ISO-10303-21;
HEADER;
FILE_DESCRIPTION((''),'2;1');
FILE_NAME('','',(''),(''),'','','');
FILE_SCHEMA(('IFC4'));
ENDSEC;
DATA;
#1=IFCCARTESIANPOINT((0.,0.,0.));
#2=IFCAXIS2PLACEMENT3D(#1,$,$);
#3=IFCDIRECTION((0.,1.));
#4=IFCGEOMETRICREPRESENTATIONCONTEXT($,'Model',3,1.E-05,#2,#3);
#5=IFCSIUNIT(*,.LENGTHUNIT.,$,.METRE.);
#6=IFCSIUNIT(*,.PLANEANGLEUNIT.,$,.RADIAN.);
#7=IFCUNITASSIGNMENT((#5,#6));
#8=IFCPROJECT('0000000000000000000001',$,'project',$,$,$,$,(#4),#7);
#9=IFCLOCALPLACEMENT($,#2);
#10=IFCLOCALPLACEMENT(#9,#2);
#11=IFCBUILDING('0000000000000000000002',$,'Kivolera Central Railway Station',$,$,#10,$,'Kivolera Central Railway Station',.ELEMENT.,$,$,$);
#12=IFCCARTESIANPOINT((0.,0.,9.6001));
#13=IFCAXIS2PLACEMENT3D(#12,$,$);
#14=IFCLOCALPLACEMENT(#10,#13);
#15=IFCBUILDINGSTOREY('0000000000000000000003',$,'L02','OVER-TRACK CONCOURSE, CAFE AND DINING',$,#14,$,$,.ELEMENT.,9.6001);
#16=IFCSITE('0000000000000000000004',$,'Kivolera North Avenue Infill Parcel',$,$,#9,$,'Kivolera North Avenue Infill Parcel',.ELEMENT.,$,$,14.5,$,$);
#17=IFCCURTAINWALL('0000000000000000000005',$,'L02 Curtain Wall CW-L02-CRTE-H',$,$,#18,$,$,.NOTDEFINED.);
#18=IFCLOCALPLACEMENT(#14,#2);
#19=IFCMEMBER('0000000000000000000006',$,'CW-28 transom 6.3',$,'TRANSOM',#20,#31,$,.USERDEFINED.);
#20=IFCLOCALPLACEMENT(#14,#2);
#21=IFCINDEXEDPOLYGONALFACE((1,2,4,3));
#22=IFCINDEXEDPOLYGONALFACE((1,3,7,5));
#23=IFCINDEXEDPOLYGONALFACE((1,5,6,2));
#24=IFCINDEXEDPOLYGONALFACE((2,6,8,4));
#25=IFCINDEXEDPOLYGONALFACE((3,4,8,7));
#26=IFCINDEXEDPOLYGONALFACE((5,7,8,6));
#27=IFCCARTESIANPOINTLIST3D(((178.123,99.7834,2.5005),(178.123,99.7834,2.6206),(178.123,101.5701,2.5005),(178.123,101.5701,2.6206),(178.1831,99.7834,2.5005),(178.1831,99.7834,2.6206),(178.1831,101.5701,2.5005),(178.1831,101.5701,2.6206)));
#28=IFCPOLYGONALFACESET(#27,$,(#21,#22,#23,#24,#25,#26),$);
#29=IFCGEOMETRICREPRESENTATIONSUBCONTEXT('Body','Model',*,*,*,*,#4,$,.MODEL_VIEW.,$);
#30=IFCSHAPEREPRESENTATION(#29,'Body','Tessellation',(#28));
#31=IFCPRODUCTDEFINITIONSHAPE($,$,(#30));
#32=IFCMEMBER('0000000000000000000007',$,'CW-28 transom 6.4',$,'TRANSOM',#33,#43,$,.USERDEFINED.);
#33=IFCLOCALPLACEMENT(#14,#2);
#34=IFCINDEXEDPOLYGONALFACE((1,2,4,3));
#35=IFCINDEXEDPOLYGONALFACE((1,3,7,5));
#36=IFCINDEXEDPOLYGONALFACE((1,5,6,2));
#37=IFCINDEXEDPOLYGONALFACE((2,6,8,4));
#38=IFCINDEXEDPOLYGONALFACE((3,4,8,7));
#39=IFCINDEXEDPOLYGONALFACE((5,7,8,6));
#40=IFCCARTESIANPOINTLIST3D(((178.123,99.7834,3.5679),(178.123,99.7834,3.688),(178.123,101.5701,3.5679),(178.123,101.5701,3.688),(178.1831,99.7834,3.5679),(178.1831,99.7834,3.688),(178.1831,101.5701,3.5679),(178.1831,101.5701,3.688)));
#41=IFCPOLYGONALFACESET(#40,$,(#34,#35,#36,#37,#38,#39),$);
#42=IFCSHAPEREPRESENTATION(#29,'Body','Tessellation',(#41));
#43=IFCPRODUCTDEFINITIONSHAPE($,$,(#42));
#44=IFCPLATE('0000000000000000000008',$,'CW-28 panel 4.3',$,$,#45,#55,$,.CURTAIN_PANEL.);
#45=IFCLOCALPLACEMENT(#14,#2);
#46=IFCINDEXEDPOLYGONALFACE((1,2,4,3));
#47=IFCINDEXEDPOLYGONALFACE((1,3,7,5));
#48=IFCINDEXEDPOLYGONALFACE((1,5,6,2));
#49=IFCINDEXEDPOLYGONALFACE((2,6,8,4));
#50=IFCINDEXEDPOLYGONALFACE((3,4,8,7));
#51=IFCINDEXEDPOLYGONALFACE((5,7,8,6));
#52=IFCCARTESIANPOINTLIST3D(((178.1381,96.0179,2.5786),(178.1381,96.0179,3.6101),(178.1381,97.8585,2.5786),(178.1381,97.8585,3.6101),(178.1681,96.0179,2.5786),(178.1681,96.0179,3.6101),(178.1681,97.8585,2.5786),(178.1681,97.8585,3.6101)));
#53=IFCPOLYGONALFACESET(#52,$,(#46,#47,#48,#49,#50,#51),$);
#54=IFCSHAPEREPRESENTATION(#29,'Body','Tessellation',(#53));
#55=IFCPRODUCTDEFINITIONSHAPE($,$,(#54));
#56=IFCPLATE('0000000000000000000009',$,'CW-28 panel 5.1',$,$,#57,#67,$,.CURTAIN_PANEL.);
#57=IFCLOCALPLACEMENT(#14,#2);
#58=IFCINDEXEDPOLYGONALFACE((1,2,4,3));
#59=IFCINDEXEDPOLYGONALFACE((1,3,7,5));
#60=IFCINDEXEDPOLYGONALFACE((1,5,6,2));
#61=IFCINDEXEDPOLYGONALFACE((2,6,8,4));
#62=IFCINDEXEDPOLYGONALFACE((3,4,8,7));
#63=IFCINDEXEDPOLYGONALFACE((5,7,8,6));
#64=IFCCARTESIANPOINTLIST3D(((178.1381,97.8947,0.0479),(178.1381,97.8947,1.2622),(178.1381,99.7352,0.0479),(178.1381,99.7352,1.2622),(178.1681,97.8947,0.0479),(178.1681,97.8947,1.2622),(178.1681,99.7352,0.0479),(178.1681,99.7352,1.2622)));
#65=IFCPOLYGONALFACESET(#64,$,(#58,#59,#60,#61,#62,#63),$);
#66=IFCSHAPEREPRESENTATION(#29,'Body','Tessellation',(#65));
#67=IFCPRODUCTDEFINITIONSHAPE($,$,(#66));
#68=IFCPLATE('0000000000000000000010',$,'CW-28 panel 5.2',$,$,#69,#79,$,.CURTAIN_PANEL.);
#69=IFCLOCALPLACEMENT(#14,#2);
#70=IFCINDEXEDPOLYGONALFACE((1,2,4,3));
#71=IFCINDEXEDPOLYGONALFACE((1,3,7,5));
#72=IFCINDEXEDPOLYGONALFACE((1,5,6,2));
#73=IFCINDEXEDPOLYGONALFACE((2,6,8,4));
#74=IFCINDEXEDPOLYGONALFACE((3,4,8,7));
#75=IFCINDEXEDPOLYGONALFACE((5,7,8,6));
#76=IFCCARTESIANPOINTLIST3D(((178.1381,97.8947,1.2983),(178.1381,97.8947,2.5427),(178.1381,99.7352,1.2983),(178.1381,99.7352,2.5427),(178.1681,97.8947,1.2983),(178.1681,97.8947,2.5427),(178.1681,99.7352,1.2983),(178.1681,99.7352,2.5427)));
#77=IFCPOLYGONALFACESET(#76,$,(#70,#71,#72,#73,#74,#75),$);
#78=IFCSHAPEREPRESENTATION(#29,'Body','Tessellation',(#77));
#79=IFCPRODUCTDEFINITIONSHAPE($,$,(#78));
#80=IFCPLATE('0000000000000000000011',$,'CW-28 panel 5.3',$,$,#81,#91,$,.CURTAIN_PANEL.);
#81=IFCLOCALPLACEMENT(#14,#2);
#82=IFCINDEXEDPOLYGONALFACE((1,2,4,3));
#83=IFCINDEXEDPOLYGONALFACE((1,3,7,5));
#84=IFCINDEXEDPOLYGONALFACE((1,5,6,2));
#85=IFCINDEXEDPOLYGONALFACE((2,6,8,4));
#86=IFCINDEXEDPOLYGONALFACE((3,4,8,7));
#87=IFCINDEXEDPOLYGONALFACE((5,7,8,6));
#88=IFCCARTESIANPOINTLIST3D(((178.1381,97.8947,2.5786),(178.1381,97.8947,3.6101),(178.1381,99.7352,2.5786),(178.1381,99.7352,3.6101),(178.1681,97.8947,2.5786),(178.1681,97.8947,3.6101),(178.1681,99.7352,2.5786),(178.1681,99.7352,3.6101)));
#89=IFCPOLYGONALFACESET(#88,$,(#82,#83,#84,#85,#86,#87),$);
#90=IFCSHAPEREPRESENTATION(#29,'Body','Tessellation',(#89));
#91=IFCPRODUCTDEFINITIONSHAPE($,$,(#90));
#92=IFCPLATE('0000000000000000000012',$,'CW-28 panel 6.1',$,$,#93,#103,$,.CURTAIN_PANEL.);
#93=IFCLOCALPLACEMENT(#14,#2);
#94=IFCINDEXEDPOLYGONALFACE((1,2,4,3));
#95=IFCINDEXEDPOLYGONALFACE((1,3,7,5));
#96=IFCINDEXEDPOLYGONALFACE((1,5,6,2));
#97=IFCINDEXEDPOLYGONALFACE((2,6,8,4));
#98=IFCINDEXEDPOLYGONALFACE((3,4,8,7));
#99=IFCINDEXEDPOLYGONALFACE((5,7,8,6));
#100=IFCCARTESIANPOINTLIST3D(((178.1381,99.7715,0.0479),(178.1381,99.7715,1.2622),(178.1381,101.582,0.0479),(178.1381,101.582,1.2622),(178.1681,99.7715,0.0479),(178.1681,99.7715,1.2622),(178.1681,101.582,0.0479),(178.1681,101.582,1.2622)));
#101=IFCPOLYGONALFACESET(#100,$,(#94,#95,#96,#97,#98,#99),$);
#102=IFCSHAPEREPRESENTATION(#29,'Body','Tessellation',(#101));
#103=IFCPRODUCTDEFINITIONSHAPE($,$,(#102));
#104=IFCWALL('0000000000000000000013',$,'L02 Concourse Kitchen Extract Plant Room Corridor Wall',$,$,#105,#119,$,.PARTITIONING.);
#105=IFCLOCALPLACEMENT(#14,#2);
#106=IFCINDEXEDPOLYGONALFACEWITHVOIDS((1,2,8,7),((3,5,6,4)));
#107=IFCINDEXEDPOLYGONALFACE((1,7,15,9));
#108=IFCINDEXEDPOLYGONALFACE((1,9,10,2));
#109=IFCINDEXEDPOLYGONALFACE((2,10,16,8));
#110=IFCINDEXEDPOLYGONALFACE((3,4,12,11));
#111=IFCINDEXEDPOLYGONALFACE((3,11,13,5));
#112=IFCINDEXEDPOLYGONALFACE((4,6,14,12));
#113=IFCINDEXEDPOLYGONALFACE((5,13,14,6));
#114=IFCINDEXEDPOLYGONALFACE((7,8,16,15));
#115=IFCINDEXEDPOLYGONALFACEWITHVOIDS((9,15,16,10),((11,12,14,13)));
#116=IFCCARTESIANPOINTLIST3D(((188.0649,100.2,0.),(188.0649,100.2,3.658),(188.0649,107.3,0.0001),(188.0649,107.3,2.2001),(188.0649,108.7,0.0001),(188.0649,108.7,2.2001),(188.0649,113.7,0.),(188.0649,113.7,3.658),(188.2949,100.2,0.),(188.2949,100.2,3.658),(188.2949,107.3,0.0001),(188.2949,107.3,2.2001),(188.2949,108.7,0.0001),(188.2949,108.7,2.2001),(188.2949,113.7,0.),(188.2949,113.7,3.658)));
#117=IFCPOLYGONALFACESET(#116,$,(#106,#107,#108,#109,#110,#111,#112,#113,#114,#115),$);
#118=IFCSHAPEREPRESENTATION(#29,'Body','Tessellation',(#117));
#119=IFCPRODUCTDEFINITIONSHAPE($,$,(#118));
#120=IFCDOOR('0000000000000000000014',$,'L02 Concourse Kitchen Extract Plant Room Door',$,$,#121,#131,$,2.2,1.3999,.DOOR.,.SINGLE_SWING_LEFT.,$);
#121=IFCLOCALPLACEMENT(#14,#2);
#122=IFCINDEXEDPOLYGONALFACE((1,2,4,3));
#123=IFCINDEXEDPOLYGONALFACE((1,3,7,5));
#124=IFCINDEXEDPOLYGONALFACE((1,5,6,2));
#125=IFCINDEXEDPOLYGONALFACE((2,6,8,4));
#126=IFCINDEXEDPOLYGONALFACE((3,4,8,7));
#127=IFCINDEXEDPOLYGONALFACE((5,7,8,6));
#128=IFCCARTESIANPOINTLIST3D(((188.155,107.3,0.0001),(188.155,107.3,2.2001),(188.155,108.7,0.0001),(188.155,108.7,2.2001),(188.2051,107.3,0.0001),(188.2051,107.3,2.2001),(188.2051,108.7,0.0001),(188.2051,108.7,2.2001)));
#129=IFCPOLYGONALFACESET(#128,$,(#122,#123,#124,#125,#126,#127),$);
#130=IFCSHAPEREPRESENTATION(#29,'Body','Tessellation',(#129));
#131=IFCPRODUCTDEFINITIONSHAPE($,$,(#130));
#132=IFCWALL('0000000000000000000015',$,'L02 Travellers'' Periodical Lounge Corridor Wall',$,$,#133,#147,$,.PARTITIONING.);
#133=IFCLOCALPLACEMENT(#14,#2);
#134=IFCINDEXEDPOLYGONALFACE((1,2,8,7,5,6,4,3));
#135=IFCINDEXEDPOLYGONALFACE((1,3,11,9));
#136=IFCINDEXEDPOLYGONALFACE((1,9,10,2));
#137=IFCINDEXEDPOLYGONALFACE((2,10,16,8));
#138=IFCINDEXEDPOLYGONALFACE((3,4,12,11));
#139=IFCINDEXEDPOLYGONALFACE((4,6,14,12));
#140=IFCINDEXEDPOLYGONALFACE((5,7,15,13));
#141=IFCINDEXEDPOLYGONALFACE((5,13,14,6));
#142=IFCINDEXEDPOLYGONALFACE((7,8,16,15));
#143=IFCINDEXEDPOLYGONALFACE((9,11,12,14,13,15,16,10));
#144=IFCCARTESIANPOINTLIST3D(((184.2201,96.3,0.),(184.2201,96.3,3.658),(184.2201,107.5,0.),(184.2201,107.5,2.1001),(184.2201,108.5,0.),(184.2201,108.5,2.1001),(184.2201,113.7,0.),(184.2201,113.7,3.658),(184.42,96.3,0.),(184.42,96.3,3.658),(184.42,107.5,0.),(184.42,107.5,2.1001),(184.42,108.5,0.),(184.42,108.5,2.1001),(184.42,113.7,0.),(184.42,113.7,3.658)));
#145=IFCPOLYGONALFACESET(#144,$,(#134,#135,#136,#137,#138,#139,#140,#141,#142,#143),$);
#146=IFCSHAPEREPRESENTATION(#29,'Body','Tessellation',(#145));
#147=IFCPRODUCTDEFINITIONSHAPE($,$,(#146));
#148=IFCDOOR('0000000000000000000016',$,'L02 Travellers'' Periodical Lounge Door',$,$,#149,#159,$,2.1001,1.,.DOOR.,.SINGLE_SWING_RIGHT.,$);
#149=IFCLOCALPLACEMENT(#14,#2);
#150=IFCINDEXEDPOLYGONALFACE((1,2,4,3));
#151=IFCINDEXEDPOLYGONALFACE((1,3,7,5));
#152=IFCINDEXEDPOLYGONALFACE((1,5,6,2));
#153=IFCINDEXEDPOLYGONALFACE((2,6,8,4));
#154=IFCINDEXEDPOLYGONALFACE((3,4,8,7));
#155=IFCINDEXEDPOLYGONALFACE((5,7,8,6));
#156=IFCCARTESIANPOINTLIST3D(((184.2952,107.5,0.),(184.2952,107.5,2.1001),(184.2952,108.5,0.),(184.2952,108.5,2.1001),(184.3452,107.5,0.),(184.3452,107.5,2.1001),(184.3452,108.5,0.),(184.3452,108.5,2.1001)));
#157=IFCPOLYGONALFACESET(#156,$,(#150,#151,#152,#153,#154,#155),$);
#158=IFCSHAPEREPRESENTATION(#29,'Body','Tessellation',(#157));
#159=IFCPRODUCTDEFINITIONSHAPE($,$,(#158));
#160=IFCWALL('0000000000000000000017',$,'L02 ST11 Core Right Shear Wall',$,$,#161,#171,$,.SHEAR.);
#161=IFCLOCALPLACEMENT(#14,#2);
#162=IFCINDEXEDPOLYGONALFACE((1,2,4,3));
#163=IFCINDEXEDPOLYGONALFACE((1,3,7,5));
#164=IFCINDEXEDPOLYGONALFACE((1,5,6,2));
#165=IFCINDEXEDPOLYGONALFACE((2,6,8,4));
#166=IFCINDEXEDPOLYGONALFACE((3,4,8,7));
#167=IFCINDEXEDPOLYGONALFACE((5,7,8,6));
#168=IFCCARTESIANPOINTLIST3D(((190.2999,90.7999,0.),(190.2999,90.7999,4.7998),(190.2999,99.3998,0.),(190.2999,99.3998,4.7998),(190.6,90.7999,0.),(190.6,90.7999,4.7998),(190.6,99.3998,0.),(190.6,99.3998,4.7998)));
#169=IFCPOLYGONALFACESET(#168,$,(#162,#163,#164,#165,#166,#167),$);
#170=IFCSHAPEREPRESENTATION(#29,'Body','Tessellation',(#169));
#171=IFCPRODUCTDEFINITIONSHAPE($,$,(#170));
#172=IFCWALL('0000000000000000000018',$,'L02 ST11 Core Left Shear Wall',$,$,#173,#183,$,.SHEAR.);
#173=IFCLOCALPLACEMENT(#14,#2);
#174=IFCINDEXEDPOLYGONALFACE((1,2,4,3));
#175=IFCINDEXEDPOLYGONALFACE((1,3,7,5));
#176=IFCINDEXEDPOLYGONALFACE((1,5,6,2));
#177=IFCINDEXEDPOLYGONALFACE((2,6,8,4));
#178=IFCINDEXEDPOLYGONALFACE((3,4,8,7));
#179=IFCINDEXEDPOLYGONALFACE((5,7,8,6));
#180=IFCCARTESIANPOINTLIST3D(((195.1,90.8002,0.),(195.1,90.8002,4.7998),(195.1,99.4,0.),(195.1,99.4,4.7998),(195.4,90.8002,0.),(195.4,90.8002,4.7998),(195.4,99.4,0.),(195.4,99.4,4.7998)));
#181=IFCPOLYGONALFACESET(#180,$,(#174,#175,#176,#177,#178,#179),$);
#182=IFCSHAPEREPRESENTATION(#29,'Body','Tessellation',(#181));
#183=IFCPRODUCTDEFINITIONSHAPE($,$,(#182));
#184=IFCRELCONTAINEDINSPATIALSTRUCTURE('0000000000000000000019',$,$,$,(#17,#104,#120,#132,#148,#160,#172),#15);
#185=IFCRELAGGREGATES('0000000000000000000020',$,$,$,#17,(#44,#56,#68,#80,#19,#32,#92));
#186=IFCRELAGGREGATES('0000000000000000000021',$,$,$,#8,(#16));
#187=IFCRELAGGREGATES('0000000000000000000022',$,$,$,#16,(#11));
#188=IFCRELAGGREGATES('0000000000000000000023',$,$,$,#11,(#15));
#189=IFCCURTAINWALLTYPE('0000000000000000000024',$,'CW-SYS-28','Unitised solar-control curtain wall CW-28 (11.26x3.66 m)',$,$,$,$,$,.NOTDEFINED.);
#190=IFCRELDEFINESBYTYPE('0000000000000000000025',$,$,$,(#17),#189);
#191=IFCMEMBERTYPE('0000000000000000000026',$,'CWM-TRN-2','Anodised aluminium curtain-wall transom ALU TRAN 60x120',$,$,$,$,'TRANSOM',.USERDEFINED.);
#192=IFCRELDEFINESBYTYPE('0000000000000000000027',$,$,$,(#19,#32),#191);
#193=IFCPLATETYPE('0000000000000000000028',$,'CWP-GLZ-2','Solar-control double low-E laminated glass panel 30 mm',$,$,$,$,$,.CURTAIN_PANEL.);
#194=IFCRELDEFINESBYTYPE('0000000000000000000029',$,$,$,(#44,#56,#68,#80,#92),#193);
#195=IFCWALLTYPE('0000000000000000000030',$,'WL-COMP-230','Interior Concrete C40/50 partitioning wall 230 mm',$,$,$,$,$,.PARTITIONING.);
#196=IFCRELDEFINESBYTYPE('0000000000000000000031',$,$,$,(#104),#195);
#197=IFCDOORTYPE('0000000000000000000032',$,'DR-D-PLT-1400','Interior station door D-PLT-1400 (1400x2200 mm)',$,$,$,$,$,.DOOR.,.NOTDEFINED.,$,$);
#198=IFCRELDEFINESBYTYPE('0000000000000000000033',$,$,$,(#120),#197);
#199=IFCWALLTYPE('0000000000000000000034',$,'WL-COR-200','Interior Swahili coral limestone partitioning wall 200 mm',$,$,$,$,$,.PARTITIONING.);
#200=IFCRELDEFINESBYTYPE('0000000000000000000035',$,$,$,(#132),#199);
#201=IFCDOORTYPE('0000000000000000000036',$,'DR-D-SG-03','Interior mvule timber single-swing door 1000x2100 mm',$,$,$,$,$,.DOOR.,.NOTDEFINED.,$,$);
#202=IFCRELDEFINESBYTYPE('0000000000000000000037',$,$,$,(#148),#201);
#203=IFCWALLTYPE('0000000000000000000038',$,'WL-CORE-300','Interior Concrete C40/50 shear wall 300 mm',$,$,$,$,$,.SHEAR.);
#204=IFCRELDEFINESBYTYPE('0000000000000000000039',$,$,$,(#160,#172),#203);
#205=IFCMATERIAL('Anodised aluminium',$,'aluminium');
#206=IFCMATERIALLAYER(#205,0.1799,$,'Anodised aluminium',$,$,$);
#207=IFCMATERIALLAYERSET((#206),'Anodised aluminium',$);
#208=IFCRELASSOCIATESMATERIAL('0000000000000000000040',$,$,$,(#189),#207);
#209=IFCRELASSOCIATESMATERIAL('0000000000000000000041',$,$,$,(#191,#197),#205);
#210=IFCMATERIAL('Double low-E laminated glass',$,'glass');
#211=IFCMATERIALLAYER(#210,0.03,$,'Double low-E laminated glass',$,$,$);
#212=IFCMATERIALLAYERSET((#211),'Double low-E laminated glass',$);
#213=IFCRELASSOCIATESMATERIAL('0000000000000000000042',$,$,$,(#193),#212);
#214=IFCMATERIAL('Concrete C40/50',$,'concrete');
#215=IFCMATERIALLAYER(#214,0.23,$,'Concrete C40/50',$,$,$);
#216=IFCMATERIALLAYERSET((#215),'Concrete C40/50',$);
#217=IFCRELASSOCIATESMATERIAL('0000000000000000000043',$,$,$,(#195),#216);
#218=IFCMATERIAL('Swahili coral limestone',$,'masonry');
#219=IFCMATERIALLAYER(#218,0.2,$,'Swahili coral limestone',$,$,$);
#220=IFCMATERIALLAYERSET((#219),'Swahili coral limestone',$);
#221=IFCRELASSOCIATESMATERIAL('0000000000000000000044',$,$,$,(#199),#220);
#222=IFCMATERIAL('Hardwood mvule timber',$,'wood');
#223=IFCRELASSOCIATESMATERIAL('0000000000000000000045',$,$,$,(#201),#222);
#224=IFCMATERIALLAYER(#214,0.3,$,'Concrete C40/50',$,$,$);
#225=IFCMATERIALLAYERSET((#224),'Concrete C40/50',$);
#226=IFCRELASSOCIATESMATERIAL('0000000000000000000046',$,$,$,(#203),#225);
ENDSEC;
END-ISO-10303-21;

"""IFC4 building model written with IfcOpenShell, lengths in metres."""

from ifc_helpers import new_model, si_unit, direction, frame, frame_2d, origin, origin_2d, place, context, subcontext, project, spatial, rectangle, extrude, material, layer, layer_set, material_profile, profile_set, type_object, element, fill, aggregate, save


model = new_model("IFC4")

# Units and contexts
model_context = context("Model", 3, precision=1e-05, world=origin(), true_north=direction((0.0, 1.0)))
body_context = subcontext(model_context, "Body", "Model", "MODEL_VIEW")
ifc_project = project(units=[si_unit("LENGTHUNIT", "METRE"), si_unit("PLANEANGLEUNIT", "RADIAN")], contexts=[model_context])

# Site, building, storey
site_placement = place(None, origin())
site = spatial("IfcSite", under=ifc_project, at=site_placement, Name="Kivolera North Avenue Infill Parcel", LongName="Kivolera North Avenue Infill Parcel", CompositionType="ELEMENT", RefElevation=14.5)
building_placement = place(site_placement, origin())
building = spatial("IfcBuilding", under=site, at=building_placement, Name="Kivolera Central Railway Station", LongName="Kivolera Central Railway Station", CompositionType="ELEMENT")
storey_placement = place(building_placement, frame((0.0, 0.0, 9.6001)))
storey = spatial("IfcBuildingStorey", under=building, at=storey_placement, Name="L02", Description="OVER-TRACK CONCOURSE, CAFE AND DINING", CompositionType="ELEMENT", Elevation=9.6001)

# Shared definitions
ifc_material_1 = material(Name="Concrete C40/50", Category="concrete")

# Curtain wall, members, plates
ifc_material_2 = material(Name="Anodised aluminium", Category="aluminium")
ifc_layer_1 = layer(ifc_material_2, 0.1799, Name="Anodised aluminium")
ifc_layer_set_1 = layer_set([ifc_layer_1], Name="Anodised aluminium")
curtain_wall_type = type_object("IfcCurtainWallType", Name="CW-SYS-28", Description="Unitised solar-control curtain wall CW-28 (11.26x3.66 m)", PredefinedType="NOTDEFINED", material=ifc_layer_set_1)
curtain_wall_placement = place(storey_placement, origin())
curtain_wall = element("IfcCurtainWall", 1, at=curtain_wall_placement, inside=storey, type_object=curtain_wall_type, Name="L02 Curtain Wall CW-L02-CRTE-H", PredefinedType="NOTDEFINED")
ifc_material_profile_1 = material_profile(ifc_material_2, rectangle(XDim=0.0601, YDim=0.1201, at=origin_2d()), Name="ALU TRAN 60x120")
ifc_profile_set_1 = profile_set([ifc_material_profile_1], Name="Anodised aluminium")
member_type_1 = type_object("IfcMemberType", Name="CWM-TRN-2", Description="Anodised aluminium curtain-wall transom ALU TRAN 60x120", ElementType="TRANSOM", PredefinedType="USERDEFINED", material=ifc_profile_set_1)
member_1_placement = place(storey_placement, frame((178.1531, 99.7834, 2.5605), z_axis=(0.0, 1.0, 0.0), x_axis=(-1.0, 0.0, 0.0)))
member_1 = element("IfcMember", 2, at=member_1_placement, type_object=member_type_1, Name="CW-28 transom 6.3", ObjectType="TRANSOM", PredefinedType="USERDEFINED", context=body_context, shape_type="SweptSolid", body=[
    extrude(rectangle(XDim=0.0601, YDim=0.1201, at=origin_2d()), origin(), (0.0, 0.0, 1.0), 1.7866),
])
member_2_placement = place(storey_placement, frame((178.1531, 99.7834, 3.6279), z_axis=(0.0, 1.0, 0.0), x_axis=(-1.0, 0.0, 0.0)))
member_2 = element("IfcMember", 3, at=member_2_placement, type_object=member_type_1, Name="CW-28 transom 6.4", ObjectType="TRANSOM", PredefinedType="USERDEFINED", context=body_context, shape_type="SweptSolid", body=[
    extrude(rectangle(XDim=0.0601, YDim=0.1201, at=origin_2d()), origin(), (0.0, 0.0, 1.0), 1.7866),
])
ifc_material_3 = material(Name="Double low-E laminated glass", Category="glass")
ifc_layer_2 = layer(ifc_material_3, 0.03, Name="Double low-E laminated glass")
ifc_layer_set_2 = layer_set([ifc_layer_2], Name="Double low-E laminated glass")
plate_type = type_object("IfcPlateType", Name="CWP-GLZ-2", Description="Solar-control double low-E laminated glass panel 30 mm", PredefinedType="CURTAIN_PANEL", material=ifc_layer_set_2)
plate_1_placement = place(storey_placement, frame((178.1531, 96.9382, 2.5786), z_axis=(0.0, 0.0, 1.0), x_axis=(0.0, 1.0, 0.0)))
plate_1 = element("IfcPlate", 4, at=plate_1_placement, type_object=plate_type, Name="CW-28 panel 4.3", PredefinedType="CURTAIN_PANEL", context=body_context, shape_type="SweptSolid", body=[
    extrude(rectangle(XDim=1.8406, YDim=0.03, at=origin_2d()), origin(), (0.0, 0.0, 1.0), 1.0315),
])
plate_2_placement = place(storey_placement, frame((178.1531, 98.8149, 0.0479), z_axis=(0.0, 0.0, 1.0), x_axis=(0.0, 1.0, 0.0)))
plate_2 = element("IfcPlate", 5, at=plate_2_placement, type_object=plate_type, Name="CW-28 panel 5.1", PredefinedType="CURTAIN_PANEL", context=body_context, shape_type="SweptSolid", body=[
    extrude(rectangle(XDim=1.8406, YDim=0.03, at=origin_2d()), origin(), (0.0, 0.0, 1.0), 1.2144),
])
plate_3_placement = place(storey_placement, frame((178.1531, 98.8149, 1.2983), z_axis=(0.0, 0.0, 1.0), x_axis=(0.0, 1.0, 0.0)))
plate_3 = element("IfcPlate", 6, at=plate_3_placement, type_object=plate_type, Name="CW-28 panel 5.2", PredefinedType="CURTAIN_PANEL", context=body_context, shape_type="SweptSolid", body=[
    extrude(rectangle(XDim=1.8406, YDim=0.03, at=origin_2d()), origin(), (0.0, 0.0, 1.0), 1.2444),
])
plate_4_placement = place(storey_placement, frame((178.1531, 98.8149, 2.5786), z_axis=(0.0, 0.0, 1.0), x_axis=(0.0, 1.0, 0.0)))
plate_4 = element("IfcPlate", 7, at=plate_4_placement, type_object=plate_type, Name="CW-28 panel 5.3", PredefinedType="CURTAIN_PANEL", context=body_context, shape_type="SweptSolid", body=[
    extrude(rectangle(XDim=1.8406, YDim=0.03, at=origin_2d()), origin(), (0.0, 0.0, 1.0), 1.0315),
])
plate_5_placement = place(storey_placement, frame((178.1531, 100.6768, 0.0479), z_axis=(0.0, 0.0, 1.0), x_axis=(0.0, 1.0, 0.0)))
plate_5 = element("IfcPlate", 8, at=plate_5_placement, type_object=plate_type, Name="CW-28 panel 6.1", PredefinedType="CURTAIN_PANEL", context=body_context, shape_type="SweptSolid", body=[
    extrude(rectangle(XDim=1.8105, YDim=0.03, at=origin_2d()), origin(), (0.0, 0.0, 1.0), 1.2144),
])
aggregate(curtain_wall, [plate_1, plate_2, plate_3, plate_4, member_1, member_2, plate_5])

# Walls, openings, doors
ifc_layer_3 = layer(ifc_material_1, 0.23, Name="Concrete C40/50")
ifc_layer_set_3 = layer_set([ifc_layer_3], Name="Concrete C40/50")
wall_type_1 = type_object("IfcWallType", Name="WL-COMP-230", Description="Interior Concrete C40/50 partitioning wall 230 mm", PredefinedType="PARTITIONING", material=ifc_layer_set_3)
wall_1_placement = place(storey_placement, frame((188.1799, 100.2, 0.0), z_axis=(0.0, 0.0, 1.0), x_axis=(0.0, 1.0, 0.0)))
wall_1 = element("IfcWall", 9, at=wall_1_placement, inside=storey, type_object=wall_type_1, Name="L02 Concourse Kitchen Extract Plant Room Corridor Wall", PredefinedType="PARTITIONING", context=body_context, shape_type="SweptSolid", body=[
    extrude(rectangle(XDim=13.5, YDim=0.23, at=frame_2d((6.75, 0.0))), origin(), (0.0, 0.0, 1.0), 3.658),
])
opening_1_placement = place(wall_1_placement, frame((7.1001, 0.0, 0.0)))
opening_1 = element("IfcOpeningElement", 10, at=opening_1_placement, cuts=wall_1, PredefinedType="OPENING", context=body_context, shape_type="SweptSolid", body=[
    extrude(rectangle(XDim=1.3999, YDim=2.2, at=frame_2d((0.7, 1.1001))), frame((0.0, 0.125, 0.0), z_axis=(0.0, -1.0, 0.0), x_axis=(1.0, 0.0, 0.0)), (0.0, 0.0, 1.0), 0.25),
])
door_type_1 = type_object("IfcDoorType", Name="DR-D-PLT-1400", Description="Interior station door D-PLT-1400 (1400x2200 mm)", OperationType="NOTDEFINED", PredefinedType="DOOR", material=ifc_material_2)
door_1_placement = place(opening_1_placement, origin())
door_1 = element("IfcDoor", 11, at=door_1_placement, inside=storey, type_object=door_type_1, Name="L02 Concourse Kitchen Extract Plant Room Door", OperationType="SINGLE_SWING_LEFT", OverallHeight=2.2, OverallWidth=1.3999, PredefinedType="DOOR", context=body_context, shape_type="SweptSolid", body=[
    extrude(rectangle(XDim=1.3999, YDim=2.2, at=frame_2d((0.7, 1.1001))), frame((0.0, 0.0249, 0.0), z_axis=(0.0, -1.0, 0.0), x_axis=(1.0, 0.0, 0.0)), (0.0, 0.0, 1.0), 0.05),
])
fill(opening_1, door_1)
ifc_material_4 = material(Name="Swahili coral limestone", Category="masonry")
ifc_layer_4 = layer(ifc_material_4, 0.2, Name="Swahili coral limestone")
ifc_layer_set_4 = layer_set([ifc_layer_4], Name="Swahili coral limestone")
wall_type_2 = type_object("IfcWallType", Name="WL-COR-200", Description="Interior Swahili coral limestone partitioning wall 200 mm", PredefinedType="PARTITIONING", material=ifc_layer_set_4)
wall_2_placement = place(storey_placement, frame((184.3201, 96.3, 0.0), z_axis=(0.0, 0.0, 1.0), x_axis=(0.0, 1.0, 0.0)))
wall_2 = element("IfcWall", 12, at=wall_2_placement, inside=storey, type_object=wall_type_2, Name="L02 Travellers' Periodical Lounge Corridor Wall", PredefinedType="PARTITIONING", context=body_context, shape_type="SweptSolid", body=[
    extrude(rectangle(XDim=17.3999, YDim=0.2, at=frame_2d((8.7, 0.0))), origin(), (0.0, 0.0, 1.0), 3.658),
])
opening_2_placement = place(wall_2_placement, frame((11.2, 0.0, 0.0)))
opening_2 = element("IfcOpeningElement", 13, at=opening_2_placement, cuts=wall_2, PredefinedType="OPENING", context=body_context, shape_type="SweptSolid", body=[
    extrude(rectangle(XDim=1.0, YDim=2.1001, at=frame_2d((0.5, 1.05))), frame((0.0, 0.1099, 0.0), z_axis=(0.0, -1.0, 0.0), x_axis=(1.0, 0.0, 0.0)), (0.0, 0.0, 1.0), 0.22),
])
ifc_material_5 = material(Name="Hardwood mvule timber", Category="wood")
door_type_2 = type_object("IfcDoorType", Name="DR-D-SG-03", Description="Interior mvule timber single-swing door 1000x2100 mm", OperationType="NOTDEFINED", PredefinedType="DOOR", material=ifc_material_5)
door_2_placement = place(opening_2_placement, origin())
door_2 = element("IfcDoor", 14, at=door_2_placement, inside=storey, type_object=door_type_2, Name="L02 Travellers' Periodical Lounge Door", OperationType="SINGLE_SWING_RIGHT", OverallHeight=2.1001, OverallWidth=1.0, PredefinedType="DOOR", context=body_context, shape_type="SweptSolid", body=[
    extrude(rectangle(XDim=1.0, YDim=2.1001, at=frame_2d((0.5, 1.05))), frame((0.0, 0.0249, 0.0), z_axis=(0.0, -1.0, 0.0), x_axis=(1.0, 0.0, 0.0)), (0.0, 0.0, 1.0), 0.05),
])
fill(opening_2, door_2)

# Walls
ifc_layer_5 = layer(ifc_material_1, 0.3, Name="Concrete C40/50")
ifc_layer_set_5 = layer_set([ifc_layer_5], Name="Concrete C40/50")
wall_type_3 = type_object("IfcWallType", Name="WL-CORE-300", Description="Interior Concrete C40/50 shear wall 300 mm", PredefinedType="SHEAR", material=ifc_layer_set_5)
for number, where, z_axis, x_axis, name in (
    (15, (190.45, 90.8, 0.0), (0.0, 0.0, 1.0), (0.0, 1.0, 0.0), "L02 ST11 Core Right Shear Wall"),
    (16, (195.25, 99.3999, 0.0), (0.0, 0.0, 1.0), (0.0, -1.0, 0.0), "L02 ST11 Core Left Shear Wall"),
):
    element("IfcWall", number, at=place(storey_placement, frame(where, z_axis=z_axis, x_axis=x_axis)), inside=storey, type_object=wall_type_3, Name=name, PredefinedType="SHEAR", context=body_context, shape_type="SweptSolid", body=[
        extrude(rectangle(XDim=8.5999, YDim=0.3, at=frame_2d((4.2998, 0.0))), origin(), (0.0, 0.0, 1.0), 4.7998),
    ])

save(model, "model.ifc")
